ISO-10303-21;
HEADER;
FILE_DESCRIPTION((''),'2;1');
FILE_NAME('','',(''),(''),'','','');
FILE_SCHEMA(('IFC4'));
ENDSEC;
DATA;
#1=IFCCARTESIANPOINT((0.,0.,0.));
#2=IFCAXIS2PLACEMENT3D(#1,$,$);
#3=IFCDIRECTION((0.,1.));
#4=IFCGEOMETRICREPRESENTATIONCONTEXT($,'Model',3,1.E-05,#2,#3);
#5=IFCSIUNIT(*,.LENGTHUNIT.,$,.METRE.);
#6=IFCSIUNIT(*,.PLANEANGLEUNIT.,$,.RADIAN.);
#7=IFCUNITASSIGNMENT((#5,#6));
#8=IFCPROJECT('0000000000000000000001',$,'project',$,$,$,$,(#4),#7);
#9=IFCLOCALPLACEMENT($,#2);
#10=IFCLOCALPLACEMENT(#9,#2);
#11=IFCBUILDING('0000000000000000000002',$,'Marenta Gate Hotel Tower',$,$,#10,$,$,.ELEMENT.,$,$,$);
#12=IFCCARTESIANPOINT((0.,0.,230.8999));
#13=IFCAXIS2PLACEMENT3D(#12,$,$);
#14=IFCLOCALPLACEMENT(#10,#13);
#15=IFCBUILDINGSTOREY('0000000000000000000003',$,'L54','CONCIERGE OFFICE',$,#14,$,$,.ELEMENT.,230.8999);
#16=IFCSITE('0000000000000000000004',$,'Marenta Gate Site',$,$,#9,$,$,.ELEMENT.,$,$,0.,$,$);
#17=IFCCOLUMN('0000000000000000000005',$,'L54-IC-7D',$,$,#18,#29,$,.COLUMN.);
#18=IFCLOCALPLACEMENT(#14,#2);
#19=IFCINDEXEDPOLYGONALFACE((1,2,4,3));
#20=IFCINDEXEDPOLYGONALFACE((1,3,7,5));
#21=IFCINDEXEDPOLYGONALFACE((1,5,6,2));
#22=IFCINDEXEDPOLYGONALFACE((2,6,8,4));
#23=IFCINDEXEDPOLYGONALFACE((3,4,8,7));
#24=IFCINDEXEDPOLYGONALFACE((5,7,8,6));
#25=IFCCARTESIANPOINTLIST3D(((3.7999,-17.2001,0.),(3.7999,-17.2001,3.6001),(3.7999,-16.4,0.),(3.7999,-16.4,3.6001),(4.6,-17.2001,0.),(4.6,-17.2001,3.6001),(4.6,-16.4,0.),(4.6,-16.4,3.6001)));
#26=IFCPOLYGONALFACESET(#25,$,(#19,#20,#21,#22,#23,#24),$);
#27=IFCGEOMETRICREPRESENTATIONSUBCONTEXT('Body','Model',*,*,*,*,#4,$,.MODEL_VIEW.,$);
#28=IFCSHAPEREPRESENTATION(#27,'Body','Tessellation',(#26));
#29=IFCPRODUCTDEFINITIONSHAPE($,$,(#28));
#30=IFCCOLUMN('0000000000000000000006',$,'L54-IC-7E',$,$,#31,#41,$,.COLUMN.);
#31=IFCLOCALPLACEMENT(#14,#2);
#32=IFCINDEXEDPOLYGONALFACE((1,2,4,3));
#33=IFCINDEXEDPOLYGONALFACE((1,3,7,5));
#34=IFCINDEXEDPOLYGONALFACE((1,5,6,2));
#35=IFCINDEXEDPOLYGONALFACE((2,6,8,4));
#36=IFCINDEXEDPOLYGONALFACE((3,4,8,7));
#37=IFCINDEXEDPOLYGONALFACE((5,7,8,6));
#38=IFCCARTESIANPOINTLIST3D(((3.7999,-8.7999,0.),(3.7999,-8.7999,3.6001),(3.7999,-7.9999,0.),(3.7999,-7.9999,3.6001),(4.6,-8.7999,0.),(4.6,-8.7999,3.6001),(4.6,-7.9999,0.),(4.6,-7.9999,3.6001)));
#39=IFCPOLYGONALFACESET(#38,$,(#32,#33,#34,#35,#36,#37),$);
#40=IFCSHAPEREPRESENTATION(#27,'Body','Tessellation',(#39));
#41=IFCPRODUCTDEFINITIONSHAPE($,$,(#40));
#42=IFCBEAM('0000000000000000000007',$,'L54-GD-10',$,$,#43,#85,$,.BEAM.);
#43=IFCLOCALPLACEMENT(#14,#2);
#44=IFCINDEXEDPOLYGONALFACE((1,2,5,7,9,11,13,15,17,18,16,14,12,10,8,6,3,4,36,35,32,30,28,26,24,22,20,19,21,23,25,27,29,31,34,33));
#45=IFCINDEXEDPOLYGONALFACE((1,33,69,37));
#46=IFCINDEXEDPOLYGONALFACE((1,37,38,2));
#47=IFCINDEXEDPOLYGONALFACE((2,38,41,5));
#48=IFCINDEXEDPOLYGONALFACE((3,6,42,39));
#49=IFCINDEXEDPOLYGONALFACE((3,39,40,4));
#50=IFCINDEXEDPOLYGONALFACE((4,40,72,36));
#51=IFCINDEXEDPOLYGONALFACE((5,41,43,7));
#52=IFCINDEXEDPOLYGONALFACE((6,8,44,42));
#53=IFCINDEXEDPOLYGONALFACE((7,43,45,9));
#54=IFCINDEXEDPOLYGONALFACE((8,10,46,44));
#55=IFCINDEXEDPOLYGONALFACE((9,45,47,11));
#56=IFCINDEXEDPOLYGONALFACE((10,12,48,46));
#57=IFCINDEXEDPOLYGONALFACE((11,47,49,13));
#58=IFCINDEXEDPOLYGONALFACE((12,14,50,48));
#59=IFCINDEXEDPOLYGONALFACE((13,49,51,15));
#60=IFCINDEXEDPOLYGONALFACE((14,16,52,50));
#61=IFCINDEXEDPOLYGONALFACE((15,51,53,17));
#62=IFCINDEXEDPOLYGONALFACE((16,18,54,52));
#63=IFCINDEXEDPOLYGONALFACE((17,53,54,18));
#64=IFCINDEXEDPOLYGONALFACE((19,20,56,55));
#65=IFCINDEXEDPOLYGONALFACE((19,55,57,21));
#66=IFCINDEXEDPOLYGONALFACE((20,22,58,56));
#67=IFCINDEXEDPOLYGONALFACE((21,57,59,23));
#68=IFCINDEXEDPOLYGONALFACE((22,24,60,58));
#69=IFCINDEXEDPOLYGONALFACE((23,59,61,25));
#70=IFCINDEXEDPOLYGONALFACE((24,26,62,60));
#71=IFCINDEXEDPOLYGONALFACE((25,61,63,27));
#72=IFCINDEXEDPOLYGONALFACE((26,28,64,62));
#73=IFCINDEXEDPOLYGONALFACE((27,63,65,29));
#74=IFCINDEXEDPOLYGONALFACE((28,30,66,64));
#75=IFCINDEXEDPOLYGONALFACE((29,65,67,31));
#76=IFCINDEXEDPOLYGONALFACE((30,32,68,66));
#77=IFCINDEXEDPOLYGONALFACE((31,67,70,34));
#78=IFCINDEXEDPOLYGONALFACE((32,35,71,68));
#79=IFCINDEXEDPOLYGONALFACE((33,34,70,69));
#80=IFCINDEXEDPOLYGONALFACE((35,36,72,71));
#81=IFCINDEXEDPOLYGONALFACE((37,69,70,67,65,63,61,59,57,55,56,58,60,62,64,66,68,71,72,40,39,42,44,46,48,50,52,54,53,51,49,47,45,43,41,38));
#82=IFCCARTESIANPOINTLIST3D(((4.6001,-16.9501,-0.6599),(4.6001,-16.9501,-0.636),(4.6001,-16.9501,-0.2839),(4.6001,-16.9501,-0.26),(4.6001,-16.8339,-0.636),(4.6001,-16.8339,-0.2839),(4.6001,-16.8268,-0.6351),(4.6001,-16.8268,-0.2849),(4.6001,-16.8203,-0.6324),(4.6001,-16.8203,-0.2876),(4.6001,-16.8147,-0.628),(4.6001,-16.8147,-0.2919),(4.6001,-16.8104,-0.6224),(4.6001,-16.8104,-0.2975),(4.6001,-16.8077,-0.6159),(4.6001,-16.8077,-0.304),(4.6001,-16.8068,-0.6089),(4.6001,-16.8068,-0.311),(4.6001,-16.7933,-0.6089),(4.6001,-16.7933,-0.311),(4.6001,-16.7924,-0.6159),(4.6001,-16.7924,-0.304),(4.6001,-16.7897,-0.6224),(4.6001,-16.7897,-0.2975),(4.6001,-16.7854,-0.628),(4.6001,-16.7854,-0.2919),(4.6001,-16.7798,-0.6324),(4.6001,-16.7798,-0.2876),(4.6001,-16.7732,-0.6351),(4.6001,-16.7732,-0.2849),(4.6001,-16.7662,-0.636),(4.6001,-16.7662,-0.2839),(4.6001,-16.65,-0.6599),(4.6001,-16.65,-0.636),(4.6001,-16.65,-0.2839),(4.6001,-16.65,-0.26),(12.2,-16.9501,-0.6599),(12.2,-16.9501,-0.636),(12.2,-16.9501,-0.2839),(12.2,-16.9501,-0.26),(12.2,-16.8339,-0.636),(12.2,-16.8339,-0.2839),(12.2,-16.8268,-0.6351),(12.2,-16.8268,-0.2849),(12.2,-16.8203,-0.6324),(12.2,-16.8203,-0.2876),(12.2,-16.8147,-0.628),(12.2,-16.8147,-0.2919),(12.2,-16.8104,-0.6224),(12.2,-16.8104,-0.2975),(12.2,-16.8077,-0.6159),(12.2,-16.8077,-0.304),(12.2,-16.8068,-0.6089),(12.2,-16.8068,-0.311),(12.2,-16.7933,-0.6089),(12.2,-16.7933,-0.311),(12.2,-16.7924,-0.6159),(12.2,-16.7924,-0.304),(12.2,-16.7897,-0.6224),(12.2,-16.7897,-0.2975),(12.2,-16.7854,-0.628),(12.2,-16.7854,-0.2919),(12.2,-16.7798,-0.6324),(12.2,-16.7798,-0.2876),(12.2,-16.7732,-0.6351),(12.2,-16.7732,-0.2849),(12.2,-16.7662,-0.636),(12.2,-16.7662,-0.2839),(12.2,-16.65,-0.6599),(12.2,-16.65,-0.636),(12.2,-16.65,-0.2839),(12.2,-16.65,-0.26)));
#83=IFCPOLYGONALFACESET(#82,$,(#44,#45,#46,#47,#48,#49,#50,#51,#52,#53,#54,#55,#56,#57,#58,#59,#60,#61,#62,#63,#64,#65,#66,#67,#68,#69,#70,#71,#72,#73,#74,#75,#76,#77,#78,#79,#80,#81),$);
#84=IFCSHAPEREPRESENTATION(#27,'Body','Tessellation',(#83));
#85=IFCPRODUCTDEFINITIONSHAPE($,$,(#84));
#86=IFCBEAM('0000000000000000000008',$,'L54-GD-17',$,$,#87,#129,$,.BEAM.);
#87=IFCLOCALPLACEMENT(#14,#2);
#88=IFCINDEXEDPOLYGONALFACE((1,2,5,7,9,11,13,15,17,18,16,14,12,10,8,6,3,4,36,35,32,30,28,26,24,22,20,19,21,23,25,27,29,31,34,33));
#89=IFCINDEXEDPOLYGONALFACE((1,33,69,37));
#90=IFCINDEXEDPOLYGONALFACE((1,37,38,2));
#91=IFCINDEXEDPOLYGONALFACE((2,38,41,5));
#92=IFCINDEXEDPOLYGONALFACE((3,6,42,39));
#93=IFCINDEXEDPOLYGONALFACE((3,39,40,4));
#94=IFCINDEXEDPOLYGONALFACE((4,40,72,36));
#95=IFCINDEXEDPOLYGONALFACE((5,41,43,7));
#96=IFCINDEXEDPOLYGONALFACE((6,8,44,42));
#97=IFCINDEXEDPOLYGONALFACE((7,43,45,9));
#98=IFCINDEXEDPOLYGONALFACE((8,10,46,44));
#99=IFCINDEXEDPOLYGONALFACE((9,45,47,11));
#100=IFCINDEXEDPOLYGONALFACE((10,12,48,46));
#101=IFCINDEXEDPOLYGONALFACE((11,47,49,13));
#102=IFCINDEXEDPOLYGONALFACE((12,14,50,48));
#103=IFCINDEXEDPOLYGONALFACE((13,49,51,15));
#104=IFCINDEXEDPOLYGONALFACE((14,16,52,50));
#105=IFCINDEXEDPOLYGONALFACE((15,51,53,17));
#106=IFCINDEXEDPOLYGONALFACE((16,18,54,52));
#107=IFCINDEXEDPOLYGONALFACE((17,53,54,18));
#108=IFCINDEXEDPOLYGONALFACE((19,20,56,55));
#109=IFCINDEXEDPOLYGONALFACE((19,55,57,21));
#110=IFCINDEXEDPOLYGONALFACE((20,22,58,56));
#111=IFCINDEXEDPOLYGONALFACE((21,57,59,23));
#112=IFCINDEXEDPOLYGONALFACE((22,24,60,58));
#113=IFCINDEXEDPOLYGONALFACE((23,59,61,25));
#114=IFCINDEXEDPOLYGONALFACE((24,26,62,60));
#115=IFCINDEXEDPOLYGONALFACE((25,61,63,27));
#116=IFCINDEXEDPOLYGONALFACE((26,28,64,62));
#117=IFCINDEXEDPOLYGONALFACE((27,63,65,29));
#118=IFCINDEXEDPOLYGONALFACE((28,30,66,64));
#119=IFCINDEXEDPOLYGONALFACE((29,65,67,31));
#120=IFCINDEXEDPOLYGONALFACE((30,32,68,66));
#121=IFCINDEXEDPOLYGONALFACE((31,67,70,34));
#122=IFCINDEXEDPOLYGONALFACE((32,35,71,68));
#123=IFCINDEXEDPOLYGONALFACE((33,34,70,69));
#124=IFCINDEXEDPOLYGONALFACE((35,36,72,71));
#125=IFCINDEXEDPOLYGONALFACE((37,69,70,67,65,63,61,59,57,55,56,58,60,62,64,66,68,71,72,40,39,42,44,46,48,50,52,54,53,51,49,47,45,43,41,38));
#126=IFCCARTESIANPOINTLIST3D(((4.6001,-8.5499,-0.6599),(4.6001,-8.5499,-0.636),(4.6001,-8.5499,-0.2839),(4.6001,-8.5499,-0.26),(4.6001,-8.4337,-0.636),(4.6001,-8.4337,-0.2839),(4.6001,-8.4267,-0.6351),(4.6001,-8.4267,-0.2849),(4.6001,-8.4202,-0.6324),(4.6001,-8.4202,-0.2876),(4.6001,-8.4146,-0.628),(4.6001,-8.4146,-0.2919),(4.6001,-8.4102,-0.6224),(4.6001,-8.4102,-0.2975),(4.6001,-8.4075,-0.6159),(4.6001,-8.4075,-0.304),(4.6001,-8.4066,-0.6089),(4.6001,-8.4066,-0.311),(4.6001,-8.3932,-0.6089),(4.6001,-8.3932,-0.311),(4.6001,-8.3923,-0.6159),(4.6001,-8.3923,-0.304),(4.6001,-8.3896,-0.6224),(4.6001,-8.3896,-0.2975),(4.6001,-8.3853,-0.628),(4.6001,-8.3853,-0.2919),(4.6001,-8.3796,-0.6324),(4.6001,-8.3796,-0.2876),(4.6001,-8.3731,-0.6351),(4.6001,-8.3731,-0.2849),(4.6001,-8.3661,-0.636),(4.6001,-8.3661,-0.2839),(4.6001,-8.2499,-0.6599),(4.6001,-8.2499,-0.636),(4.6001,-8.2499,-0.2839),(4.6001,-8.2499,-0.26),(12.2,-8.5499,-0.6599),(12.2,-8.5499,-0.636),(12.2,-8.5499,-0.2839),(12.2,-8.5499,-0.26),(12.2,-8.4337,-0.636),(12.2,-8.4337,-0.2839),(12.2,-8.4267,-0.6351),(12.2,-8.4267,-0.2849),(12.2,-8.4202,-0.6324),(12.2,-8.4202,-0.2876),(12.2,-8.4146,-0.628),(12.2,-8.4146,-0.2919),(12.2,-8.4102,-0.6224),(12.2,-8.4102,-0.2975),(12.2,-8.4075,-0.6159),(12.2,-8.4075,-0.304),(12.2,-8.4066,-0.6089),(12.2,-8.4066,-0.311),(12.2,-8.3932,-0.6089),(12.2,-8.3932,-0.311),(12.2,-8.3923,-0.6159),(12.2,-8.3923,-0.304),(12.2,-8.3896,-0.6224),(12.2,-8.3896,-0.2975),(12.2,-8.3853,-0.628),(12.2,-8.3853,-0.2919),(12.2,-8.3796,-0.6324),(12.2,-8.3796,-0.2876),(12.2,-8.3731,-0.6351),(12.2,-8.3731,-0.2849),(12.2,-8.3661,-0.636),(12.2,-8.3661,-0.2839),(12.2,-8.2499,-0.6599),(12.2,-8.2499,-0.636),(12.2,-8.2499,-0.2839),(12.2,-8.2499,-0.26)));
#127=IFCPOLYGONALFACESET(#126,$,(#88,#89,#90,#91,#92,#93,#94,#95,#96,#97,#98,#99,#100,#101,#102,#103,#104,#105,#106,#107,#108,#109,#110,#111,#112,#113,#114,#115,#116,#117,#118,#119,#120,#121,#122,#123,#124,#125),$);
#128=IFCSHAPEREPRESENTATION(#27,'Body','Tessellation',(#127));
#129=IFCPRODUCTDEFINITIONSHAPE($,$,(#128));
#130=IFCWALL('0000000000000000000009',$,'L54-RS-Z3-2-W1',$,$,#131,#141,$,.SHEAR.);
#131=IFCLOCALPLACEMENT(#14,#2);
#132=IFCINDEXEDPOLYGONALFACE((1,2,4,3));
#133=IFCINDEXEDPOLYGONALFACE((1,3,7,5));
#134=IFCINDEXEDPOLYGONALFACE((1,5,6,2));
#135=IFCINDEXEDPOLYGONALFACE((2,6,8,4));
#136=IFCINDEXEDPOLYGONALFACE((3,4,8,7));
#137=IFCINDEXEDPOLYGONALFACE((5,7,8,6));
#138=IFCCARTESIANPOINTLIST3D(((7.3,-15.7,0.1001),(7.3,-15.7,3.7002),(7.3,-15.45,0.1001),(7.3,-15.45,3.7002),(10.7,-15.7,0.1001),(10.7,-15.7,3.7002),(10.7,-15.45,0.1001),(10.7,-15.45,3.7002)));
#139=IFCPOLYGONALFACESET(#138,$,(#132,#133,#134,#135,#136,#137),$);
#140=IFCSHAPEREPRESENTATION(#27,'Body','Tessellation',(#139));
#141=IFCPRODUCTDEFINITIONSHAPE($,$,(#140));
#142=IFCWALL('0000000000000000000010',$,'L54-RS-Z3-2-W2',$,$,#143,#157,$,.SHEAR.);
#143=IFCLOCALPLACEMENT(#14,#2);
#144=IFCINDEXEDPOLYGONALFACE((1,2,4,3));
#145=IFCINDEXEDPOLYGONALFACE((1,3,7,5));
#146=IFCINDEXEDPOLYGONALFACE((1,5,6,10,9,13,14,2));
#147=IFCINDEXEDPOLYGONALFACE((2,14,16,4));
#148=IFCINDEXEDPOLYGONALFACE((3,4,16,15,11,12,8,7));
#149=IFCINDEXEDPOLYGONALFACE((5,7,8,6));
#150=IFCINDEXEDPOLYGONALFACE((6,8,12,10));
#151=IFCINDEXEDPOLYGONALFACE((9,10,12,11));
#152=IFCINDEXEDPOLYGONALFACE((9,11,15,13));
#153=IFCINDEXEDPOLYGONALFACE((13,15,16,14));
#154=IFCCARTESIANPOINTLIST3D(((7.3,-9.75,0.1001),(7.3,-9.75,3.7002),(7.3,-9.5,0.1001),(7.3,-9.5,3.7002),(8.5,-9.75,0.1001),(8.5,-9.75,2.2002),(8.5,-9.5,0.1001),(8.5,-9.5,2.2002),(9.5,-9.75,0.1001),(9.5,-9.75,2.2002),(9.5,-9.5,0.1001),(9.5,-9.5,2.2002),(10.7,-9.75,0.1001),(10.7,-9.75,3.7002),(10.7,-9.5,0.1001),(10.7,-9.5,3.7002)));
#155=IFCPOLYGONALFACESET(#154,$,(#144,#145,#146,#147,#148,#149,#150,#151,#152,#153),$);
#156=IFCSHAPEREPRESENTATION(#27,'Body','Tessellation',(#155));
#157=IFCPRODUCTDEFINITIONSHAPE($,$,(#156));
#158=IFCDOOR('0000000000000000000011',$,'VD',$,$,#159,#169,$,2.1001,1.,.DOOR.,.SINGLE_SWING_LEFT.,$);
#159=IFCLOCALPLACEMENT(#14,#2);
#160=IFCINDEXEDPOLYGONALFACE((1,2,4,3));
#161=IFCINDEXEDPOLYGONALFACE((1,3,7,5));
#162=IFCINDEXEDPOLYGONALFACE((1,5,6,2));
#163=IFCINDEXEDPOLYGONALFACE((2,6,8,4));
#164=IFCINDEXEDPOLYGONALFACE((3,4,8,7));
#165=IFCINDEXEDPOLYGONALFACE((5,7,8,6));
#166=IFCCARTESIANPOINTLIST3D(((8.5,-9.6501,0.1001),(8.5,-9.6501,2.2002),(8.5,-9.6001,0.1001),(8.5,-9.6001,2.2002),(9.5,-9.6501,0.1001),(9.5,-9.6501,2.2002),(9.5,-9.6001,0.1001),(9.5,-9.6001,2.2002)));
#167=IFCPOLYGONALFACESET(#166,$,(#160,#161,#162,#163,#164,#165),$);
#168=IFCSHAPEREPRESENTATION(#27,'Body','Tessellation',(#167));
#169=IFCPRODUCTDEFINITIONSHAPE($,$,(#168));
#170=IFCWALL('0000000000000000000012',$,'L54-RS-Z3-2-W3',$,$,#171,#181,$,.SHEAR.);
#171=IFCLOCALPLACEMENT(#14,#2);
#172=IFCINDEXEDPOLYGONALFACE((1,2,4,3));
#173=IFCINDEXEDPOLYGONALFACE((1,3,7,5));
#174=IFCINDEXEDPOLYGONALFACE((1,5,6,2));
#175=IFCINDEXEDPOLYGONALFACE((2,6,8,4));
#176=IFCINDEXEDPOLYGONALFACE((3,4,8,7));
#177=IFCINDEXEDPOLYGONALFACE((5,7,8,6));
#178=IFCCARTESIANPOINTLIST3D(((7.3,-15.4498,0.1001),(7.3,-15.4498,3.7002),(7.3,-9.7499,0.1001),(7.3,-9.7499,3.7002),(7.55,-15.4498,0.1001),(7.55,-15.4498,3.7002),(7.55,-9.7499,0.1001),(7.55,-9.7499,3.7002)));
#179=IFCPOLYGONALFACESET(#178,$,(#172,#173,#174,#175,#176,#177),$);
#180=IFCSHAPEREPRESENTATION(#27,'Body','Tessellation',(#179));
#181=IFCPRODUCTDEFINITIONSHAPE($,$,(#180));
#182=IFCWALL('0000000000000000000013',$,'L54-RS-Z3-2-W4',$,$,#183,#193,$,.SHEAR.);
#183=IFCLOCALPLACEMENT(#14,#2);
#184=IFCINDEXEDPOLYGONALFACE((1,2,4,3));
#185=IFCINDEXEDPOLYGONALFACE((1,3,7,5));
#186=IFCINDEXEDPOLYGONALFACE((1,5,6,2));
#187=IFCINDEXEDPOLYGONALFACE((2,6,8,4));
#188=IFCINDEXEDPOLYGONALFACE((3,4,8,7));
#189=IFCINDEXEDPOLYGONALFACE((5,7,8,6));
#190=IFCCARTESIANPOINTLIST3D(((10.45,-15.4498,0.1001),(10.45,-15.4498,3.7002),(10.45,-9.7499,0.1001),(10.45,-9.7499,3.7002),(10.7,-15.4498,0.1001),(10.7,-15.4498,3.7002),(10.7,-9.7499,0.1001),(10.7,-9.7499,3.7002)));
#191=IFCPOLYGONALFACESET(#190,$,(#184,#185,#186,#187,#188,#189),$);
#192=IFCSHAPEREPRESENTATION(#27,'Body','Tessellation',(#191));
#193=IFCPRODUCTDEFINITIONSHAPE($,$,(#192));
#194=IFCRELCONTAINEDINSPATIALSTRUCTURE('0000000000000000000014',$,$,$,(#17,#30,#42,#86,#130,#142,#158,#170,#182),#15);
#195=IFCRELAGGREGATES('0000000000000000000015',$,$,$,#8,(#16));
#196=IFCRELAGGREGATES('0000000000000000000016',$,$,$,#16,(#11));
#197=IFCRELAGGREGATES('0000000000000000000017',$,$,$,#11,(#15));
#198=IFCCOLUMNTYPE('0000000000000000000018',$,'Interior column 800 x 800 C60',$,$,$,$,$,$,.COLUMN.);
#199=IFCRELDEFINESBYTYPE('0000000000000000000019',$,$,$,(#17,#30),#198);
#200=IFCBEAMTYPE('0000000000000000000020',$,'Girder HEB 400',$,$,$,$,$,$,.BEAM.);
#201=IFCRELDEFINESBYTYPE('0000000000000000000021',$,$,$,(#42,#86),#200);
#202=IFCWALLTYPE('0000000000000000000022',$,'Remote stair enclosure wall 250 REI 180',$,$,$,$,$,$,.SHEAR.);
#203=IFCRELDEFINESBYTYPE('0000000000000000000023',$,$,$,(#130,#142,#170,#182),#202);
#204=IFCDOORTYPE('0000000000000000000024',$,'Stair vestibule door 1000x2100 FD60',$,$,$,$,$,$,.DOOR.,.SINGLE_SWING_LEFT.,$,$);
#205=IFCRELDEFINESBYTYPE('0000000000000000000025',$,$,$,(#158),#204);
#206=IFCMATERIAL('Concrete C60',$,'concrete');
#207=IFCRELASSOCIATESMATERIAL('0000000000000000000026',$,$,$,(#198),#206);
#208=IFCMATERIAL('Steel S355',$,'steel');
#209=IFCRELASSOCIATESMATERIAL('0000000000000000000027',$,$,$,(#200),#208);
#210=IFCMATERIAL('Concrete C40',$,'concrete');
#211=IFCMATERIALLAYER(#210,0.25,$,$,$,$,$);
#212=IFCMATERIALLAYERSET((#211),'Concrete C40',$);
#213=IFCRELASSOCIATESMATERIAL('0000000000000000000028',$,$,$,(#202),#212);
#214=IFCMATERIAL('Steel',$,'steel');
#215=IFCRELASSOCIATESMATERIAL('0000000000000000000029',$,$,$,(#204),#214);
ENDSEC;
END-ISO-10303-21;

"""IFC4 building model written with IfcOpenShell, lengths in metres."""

from ifc_helpers import new_model, si_unit, direction, frame, frame_2d, origin, origin_2d, place, context, subcontext, project, spatial, rectangle, i_section, extrude, material, layer, layer_set, material_profile, profile_set, type_object, element, fill, save


model = new_model("IFC4")

# Units and contexts
model_context = context("Model", 3, precision=1e-05, world=origin(), true_north=direction((0.0, 1.0)))
body_context = subcontext(model_context, "Body", "Model", "MODEL_VIEW")
ifc_project = project(units=[si_unit("LENGTHUNIT", "METRE"), si_unit("PLANEANGLEUNIT", "RADIAN")], contexts=[model_context])

# Site, building, storey
site_placement = place(None, origin())
site = spatial("IfcSite", under=ifc_project, at=site_placement, Name="Marenta Gate Site", CompositionType="ELEMENT", RefElevation=0.0)
building_placement = place(site_placement, origin())
building = spatial("IfcBuilding", under=site, at=building_placement, Name="Marenta Gate Hotel Tower", CompositionType="ELEMENT")
storey_placement = place(building_placement, frame((0.0, 0.0, 230.8999)))
storey = spatial("IfcBuildingStorey", under=building, at=storey_placement, Name="L54", Description="CONCIERGE OFFICE", CompositionType="ELEMENT", Elevation=230.8999)

# Columns
ifc_material_1 = material(Name="Concrete C60", Category="concrete")
ifc_material_profile_1 = material_profile(ifc_material_1, rectangle(XDim=0.8, YDim=0.8, at=origin_2d()), Name="800 x 800")
ifc_profile_set_1 = profile_set([ifc_material_profile_1], Name="Concrete C60")
column_type = type_object("IfcColumnType", Name="Interior column 800 x 800 C60", PredefinedType="COLUMN", material=ifc_profile_set_1)
for number, where, z_axis, x_axis, name in (
    (1, (4.2, -16.8, 0.0), (0.0, 0.0, 1.0), (1.0, 0.0, 0.0), "L54-IC-7D"),
    (2, (4.2, -8.3999, 0.0), (0.0, 0.0, 1.0), (1.0, 0.0, 0.0), "L54-IC-7E"),
):
    element("IfcColumn", number, at=place(storey_placement, frame(where, z_axis=z_axis, x_axis=x_axis)), inside=storey, type_object=column_type, Name=name, PredefinedType="COLUMN", context=body_context, shape_type="SweptSolid", body=[
        extrude(rectangle(XDim=0.8, YDim=0.8, at=origin_2d()), origin(), (0.0, 0.0, 1.0), 3.6001),
    ])

# Beams
ifc_material_2 = material(Name="Steel S355", Category="steel")
ifc_material_profile_2 = material_profile(ifc_material_2, i_section(OverallWidth=0.3, OverallDepth=0.3999, WebThickness=0.0134, FlangeThickness=0.0239, FilletRadius=0.0271, at=origin_2d()), Name="HEB 400")
ifc_profile_set_2 = profile_set([ifc_material_profile_2], Name="Steel S355")
beam_type = type_object("IfcBeamType", Name="Girder HEB 400", PredefinedType="BEAM", material=ifc_profile_set_2)
for number, where, z_axis, x_axis, name in (
    (3, (4.6001, -16.8, -0.46), (1.0, 0.0, 0.0), (0.0, 1.0, 0.0), "L54-GD-10"),
    (4, (4.6001, -8.3999, -0.46), (1.0, 0.0, 0.0), (0.0, 1.0, 0.0), "L54-GD-17"),
):
    element("IfcBeam", number, at=place(storey_placement, frame(where, z_axis=z_axis, x_axis=x_axis)), inside=storey, type_object=beam_type, Name=name, PredefinedType="BEAM", context=body_context, shape_type="SweptSolid", body=[
        extrude(i_section(OverallWidth=0.3, OverallDepth=0.3999, WebThickness=0.0134, FlangeThickness=0.0239, FilletRadius=0.0271, at=origin_2d()), origin(), (0.0, 0.0, 1.0), 7.5999),
    ])

# Wall
ifc_material_3 = material(Name="Concrete C40", Category="concrete")
ifc_layer_1 = layer(ifc_material_3, 0.25)
ifc_layer_set_1 = layer_set([ifc_layer_1], Name="Concrete C40")
wall_type_1 = type_object("IfcWallType", Name="Remote stair enclosure wall 250 REI 180", PredefinedType="SHEAR", material=ifc_layer_set_1)
wall_1_placement = place(storey_placement, frame((7.3, -15.575, 0.1001), z_axis=(0.0, 0.0, 1.0), x_axis=(1.0, 0.0, 0.0)))
element("IfcWall", 5, at=wall_1_placement, inside=storey, type_object=wall_type_1, Name="L54-RS-Z3-2-W1", PredefinedType="SHEAR", context=body_context, shape_type="SweptSolid", body=[
    extrude(rectangle(XDim=3.3999, YDim=0.25, at=frame_2d((1.7, 0.0))), origin(), (0.0, 0.0, 1.0), 3.6001),
])

# Wall, opening, door
wall_2_placement = place(storey_placement, frame((7.3, -9.625, 0.1001), z_axis=(0.0, 0.0, 1.0), x_axis=(1.0, 0.0, 0.0)))
wall_2 = element("IfcWall", 6, at=wall_2_placement, inside=storey, type_object=wall_type_1, Name="L54-RS-Z3-2-W2", PredefinedType="SHEAR", context=body_context, shape_type="SweptSolid", body=[
    extrude(rectangle(XDim=3.3999, YDim=0.25, at=frame_2d((1.7, 0.0))), origin(), (0.0, 0.0, 1.0), 3.6001),
])
opening_1_placement = place(wall_2_placement, frame((1.2, 0.0, 0.0)))
opening_1 = element("IfcOpeningElement", 7, at=opening_1_placement, cuts=wall_2, PredefinedType="OPENING", context=body_context, shape_type="SweptSolid", body=[
    extrude(rectangle(XDim=1.0, YDim=2.1001, at=frame_2d((0.5, 1.05))), frame((0.0, 0.125, 0.0), z_axis=(0.0, -1.0, 0.0), x_axis=(1.0, 0.0, 0.0)), (0.0, 0.0, 1.0), 0.25),
])
ifc_material_4 = material(Name="Steel", Category="steel")
door_type_1 = type_object("IfcDoorType", Name="Stair vestibule door 1000x2100 FD60", OperationType="SINGLE_SWING_LEFT", PredefinedType="DOOR", material=ifc_material_4)
door_1_placement = place(opening_1_placement, origin())
door_1 = element("IfcDoor", 8, at=door_1_placement, inside=storey, type_object=door_type_1, Name="VD", OperationType="SINGLE_SWING_LEFT", OverallHeight=2.1001, OverallWidth=1.0, PredefinedType="DOOR", context=body_context, shape_type="SweptSolid", body=[
    extrude(rectangle(XDim=1.0, YDim=2.1001, at=frame_2d((0.5, 1.05))), frame((0.0, 0.0249, 0.0), z_axis=(0.0, -1.0, 0.0), x_axis=(1.0, 0.0, 0.0)), (0.0, 0.0, 1.0), 0.05),
])
fill(opening_1, door_1)

# Walls
for number, where, z_axis, x_axis, name in (
    (9, (7.425, -15.45, 0.1001), (0.0, 0.0, 1.0), (0.0, 1.0, 0.0), "L54-RS-Z3-2-W3"),
    (10, (10.575, -15.45, 0.1001), (0.0, 0.0, 1.0), (0.0, 1.0, 0.0), "L54-RS-Z3-2-W4"),
):
    element("IfcWall", number, at=place(storey_placement, frame(where, z_axis=z_axis, x_axis=x_axis)), inside=storey, type_object=wall_type_1, Name=name, PredefinedType="SHEAR", context=body_context, shape_type="SweptSolid", body=[
        extrude(rectangle(XDim=5.7, YDim=0.25, at=frame_2d((2.8501, 0.0))), origin(), (0.0, 0.0, 1.0), 3.6001),
    ])

save(model, "model.ifc")
